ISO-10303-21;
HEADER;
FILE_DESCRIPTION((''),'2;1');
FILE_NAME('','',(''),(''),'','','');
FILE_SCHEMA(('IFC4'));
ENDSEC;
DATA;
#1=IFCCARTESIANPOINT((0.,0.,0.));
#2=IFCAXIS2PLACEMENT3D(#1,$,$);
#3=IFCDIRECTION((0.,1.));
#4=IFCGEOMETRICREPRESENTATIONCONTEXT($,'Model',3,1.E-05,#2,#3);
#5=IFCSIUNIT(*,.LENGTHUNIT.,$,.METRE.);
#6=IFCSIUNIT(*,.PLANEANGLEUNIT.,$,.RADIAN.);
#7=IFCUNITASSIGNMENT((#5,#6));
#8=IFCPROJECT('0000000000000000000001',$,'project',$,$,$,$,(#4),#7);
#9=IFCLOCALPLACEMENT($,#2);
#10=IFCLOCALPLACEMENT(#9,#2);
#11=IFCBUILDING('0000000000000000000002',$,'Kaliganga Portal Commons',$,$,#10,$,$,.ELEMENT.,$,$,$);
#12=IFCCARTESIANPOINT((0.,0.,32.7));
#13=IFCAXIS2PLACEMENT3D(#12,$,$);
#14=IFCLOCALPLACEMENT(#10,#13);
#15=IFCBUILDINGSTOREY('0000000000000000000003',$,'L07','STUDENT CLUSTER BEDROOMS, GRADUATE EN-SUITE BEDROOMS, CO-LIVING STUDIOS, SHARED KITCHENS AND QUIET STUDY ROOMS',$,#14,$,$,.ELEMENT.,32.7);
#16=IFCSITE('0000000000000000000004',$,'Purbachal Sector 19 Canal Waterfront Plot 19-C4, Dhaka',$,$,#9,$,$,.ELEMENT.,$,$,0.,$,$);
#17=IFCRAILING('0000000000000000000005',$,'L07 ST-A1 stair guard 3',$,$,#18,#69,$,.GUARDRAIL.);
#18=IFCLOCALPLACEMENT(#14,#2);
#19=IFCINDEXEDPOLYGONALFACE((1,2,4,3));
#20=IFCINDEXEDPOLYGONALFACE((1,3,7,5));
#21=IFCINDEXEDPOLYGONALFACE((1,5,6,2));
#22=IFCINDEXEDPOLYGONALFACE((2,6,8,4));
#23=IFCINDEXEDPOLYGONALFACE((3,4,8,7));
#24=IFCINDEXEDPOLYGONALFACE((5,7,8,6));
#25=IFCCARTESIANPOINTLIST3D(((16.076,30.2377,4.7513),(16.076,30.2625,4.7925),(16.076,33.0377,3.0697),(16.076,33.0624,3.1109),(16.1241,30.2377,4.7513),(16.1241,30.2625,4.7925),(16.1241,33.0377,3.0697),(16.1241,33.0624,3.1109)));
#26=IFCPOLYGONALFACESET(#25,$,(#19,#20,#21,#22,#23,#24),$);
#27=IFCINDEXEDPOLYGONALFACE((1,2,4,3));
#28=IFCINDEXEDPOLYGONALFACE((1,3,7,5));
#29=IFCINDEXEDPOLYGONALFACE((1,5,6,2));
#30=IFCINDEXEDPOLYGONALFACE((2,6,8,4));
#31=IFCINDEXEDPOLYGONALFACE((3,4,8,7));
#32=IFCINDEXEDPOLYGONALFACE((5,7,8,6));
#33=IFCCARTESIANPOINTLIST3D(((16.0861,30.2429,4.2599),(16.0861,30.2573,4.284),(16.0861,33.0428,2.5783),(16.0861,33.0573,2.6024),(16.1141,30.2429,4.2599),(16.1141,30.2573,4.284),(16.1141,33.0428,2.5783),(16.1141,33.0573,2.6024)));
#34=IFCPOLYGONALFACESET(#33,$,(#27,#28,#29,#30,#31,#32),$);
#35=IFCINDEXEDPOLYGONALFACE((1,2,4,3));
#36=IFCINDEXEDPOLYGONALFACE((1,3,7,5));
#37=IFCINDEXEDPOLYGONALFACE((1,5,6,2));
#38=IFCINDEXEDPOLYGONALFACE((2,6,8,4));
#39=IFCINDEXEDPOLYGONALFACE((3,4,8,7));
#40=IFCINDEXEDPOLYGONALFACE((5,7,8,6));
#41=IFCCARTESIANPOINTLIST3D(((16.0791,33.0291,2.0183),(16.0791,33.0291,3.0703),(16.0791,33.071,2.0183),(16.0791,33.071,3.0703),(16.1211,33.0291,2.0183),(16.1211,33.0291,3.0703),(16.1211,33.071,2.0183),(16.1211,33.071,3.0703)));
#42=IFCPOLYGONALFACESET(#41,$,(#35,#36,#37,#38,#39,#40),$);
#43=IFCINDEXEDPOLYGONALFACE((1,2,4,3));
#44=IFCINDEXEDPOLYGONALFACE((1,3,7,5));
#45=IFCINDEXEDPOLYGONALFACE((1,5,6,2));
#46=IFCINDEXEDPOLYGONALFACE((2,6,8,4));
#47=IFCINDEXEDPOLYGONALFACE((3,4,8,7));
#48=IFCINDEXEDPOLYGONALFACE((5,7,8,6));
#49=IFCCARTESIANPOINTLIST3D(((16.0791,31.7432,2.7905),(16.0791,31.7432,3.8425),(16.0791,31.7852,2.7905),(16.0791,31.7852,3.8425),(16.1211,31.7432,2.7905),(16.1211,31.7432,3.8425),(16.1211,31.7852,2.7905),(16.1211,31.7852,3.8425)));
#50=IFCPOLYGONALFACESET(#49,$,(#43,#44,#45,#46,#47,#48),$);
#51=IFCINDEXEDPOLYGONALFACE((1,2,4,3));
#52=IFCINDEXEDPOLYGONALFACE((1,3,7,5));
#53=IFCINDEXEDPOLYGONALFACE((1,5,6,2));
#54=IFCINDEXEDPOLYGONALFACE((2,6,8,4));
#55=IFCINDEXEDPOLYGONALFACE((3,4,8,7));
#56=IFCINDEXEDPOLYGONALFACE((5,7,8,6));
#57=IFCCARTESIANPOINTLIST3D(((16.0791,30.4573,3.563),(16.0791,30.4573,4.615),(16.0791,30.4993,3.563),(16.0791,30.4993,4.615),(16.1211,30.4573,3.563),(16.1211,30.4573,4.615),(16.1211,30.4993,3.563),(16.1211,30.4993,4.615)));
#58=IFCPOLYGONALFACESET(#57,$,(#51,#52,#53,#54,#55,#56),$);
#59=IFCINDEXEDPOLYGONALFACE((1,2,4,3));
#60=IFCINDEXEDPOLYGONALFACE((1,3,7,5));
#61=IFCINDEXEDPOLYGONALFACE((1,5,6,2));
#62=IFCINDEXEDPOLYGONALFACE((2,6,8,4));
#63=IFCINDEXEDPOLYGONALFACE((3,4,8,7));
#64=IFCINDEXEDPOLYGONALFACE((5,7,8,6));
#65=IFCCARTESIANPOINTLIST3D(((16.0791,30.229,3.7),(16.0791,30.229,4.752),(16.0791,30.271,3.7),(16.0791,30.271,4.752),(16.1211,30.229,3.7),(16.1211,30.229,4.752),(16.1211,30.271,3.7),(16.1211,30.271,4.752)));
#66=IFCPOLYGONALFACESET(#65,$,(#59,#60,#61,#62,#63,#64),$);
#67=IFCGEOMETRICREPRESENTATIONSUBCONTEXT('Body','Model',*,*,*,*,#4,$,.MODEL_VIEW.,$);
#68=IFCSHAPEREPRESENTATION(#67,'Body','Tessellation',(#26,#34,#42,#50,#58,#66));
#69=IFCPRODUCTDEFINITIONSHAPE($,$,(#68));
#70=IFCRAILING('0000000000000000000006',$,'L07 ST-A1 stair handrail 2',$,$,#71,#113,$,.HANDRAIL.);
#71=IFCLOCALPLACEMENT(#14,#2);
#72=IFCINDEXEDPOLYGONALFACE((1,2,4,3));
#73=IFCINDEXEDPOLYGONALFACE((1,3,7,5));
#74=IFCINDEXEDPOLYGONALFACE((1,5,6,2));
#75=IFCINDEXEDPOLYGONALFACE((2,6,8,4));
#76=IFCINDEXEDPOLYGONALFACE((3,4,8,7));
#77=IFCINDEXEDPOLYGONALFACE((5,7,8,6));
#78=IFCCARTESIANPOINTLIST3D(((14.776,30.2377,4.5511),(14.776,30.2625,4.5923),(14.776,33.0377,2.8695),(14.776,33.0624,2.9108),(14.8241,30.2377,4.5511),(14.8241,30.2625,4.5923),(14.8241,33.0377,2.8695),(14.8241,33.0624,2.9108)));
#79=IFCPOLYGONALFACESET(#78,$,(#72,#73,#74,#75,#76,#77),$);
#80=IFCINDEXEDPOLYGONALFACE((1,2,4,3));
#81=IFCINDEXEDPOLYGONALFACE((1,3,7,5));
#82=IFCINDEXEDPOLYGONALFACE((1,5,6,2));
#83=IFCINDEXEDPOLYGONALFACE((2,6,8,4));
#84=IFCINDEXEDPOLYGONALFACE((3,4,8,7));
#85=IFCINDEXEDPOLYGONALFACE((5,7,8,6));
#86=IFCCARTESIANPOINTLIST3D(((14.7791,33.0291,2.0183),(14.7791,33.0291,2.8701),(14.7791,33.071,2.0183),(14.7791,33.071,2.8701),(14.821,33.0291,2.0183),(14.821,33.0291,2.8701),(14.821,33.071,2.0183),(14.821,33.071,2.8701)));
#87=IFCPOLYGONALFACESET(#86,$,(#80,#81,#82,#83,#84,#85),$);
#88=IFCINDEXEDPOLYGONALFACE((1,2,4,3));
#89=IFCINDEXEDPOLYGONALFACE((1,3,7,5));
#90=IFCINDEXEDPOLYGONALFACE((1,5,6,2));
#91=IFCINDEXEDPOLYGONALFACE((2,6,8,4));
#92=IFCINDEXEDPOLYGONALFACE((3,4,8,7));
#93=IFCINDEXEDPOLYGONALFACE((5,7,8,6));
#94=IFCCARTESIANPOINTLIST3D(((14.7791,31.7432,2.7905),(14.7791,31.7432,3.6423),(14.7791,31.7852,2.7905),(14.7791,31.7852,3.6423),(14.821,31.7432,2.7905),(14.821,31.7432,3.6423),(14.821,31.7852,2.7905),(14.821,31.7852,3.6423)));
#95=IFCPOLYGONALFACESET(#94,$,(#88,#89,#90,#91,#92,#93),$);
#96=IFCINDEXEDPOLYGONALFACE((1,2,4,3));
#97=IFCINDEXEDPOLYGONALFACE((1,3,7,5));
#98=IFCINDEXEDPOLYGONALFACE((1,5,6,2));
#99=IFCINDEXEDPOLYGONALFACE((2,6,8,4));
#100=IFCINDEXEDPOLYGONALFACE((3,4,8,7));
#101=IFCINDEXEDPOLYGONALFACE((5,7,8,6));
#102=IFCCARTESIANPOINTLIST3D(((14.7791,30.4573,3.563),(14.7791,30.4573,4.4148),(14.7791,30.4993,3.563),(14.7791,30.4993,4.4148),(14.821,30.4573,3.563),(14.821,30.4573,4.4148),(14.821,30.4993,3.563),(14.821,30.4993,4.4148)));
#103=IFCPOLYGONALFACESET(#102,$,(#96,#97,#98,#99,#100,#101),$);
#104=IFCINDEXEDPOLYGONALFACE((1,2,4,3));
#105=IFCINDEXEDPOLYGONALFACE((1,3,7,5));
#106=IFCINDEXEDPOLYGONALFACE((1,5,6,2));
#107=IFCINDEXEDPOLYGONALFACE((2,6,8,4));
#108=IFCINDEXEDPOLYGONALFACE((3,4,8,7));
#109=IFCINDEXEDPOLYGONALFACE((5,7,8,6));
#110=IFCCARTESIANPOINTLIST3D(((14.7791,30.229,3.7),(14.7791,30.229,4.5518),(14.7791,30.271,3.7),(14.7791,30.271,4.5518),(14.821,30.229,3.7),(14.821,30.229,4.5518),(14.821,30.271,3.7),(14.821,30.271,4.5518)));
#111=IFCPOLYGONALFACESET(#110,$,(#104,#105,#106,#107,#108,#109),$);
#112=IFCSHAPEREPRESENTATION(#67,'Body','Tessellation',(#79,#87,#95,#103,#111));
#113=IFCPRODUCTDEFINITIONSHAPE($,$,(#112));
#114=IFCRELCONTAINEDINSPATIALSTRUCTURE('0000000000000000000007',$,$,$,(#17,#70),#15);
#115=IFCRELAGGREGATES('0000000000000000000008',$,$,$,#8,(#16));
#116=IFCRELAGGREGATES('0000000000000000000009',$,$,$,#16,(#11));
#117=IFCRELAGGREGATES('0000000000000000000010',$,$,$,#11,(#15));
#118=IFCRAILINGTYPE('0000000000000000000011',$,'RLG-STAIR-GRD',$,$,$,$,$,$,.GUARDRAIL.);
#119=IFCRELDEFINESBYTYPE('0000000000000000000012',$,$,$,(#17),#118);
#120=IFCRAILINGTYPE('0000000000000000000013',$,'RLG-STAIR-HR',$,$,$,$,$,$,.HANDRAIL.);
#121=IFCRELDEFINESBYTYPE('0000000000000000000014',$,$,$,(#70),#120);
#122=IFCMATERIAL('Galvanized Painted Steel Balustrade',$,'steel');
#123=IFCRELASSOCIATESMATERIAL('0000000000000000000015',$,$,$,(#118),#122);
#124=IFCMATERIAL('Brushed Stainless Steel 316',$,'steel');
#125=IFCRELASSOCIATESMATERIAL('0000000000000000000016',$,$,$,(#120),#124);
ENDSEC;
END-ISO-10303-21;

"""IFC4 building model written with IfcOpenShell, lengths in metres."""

from ifc_helpers import new_model, si_unit, direction, frame, origin, origin_2d, place, context, subcontext, project, spatial, rectangle, extrude, material, type_object, element, save


model = new_model("IFC4")

# Units and contexts
model_context = context("Model", 3, precision=1e-05, world=origin(), true_north=direction((0.0, 1.0)))
body_context = subcontext(model_context, "Body", "Model", "MODEL_VIEW")
ifc_project = project(units=[si_unit("LENGTHUNIT", "METRE"), si_unit("PLANEANGLEUNIT", "RADIAN")], contexts=[model_context])

# Site, building, storey
site_placement = place(None, origin())
site = spatial("IfcSite", under=ifc_project, at=site_placement, Name="Purbachal Sector 19 Canal Waterfront Plot 19-C4, Dhaka", CompositionType="ELEMENT", RefElevation=0.0)
building_placement = place(site_placement, origin())
building = spatial("IfcBuilding", under=site, at=building_placement, Name="Kaliganga Portal Commons", CompositionType="ELEMENT")
storey_placement = place(building_placement, frame((0.0, 0.0, 32.7)))
storey = spatial("IfcBuildingStorey", under=building, at=storey_placement, Name="L07", Description="STUDENT CLUSTER BEDROOMS, GRADUATE EN-SUITE BEDROOMS, CO-LIVING STUDIOS, SHARED KITCHENS AND QUIET STUDY ROOMS", CompositionType="ELEMENT", Elevation=32.7)

# Railings
ifc_material_1 = material(Name="Galvanized Painted Steel Balustrade", Category="steel")
railing_type_1 = type_object("IfcRailingType", Name="RLG-STAIR-GRD", PredefinedType="GUARDRAIL", material=ifc_material_1)
railing_1_placement = place(storey_placement, frame((16.1001, 33.05, 2.0183)))
element("IfcRailing", 1, at=railing_1_placement, inside=storey, type_object=railing_type_1, Name="L07 ST-A1 stair guard 3", PredefinedType="GUARDRAIL", context=body_context, shape_type="SweptSolid", body=[
    extrude(rectangle(XDim=0.0481, YDim=0.0481, at=origin_2d()), frame((0.0, 0.0, 1.072), z_axis=(0.0, -0.857275, 0.514858), x_axis=(1.0, 0.0, 0.0)), (0.0, 0.0, 1.0), 3.2661),
    extrude(rectangle(XDim=0.0281, YDim=0.0281, at=origin_2d()), frame((0.0, 0.0, 0.572), z_axis=(0.0, -0.857275, 0.514858), x_axis=(1.0, 0.0, 0.0)), (0.0, 0.0, 1.0), 3.2661),
    extrude(rectangle(XDim=0.042, YDim=0.042, at=origin_2d()), origin(), (0.0, 0.0, 1.0), 1.052),
    extrude(rectangle(XDim=0.042, YDim=0.042, at=origin_2d()), frame((0.0, -1.2859, 0.7722)), (0.0, 0.0, 1.0), 1.052),
    extrude(rectangle(XDim=0.042, YDim=0.042, at=origin_2d()), frame((0.0, -2.5718, 1.5447)), (0.0, 0.0, 1.0), 1.052),
    extrude(rectangle(XDim=0.042, YDim=0.042, at=origin_2d()), frame((0.0, -2.8, 1.6816)), (0.0, 0.0, 1.0), 1.052),
])
ifc_material_2 = material(Name="Brushed Stainless Steel 316", Category="steel")
railing_type_2 = type_object("IfcRailingType", Name="RLG-STAIR-HR", PredefinedType="HANDRAIL", material=ifc_material_2)
railing_2_placement = place(storey_placement, frame((14.8, 33.05, 2.0183)))
element("IfcRailing", 2, at=railing_2_placement, inside=storey, type_object=railing_type_2, Name="L07 ST-A1 stair handrail 2", PredefinedType="HANDRAIL", context=body_context, shape_type="SweptSolid", body=[
    extrude(rectangle(XDim=0.0481, YDim=0.0481, at=origin_2d()), frame((0.0, 0.0, 0.8718), z_axis=(0.0, -0.857275, 0.514858), x_axis=(1.0, 0.0, 0.0)), (0.0, 0.0, 1.0), 3.2661),
    extrude(rectangle(XDim=0.042, YDim=0.042, at=origin_2d()), origin(), (0.0, 0.0, 1.0), 0.8518),
    extrude(rectangle(XDim=0.042, YDim=0.042, at=origin_2d()), frame((0.0, -1.2859, 0.7722)), (0.0, 0.0, 1.0), 0.8518),
    extrude(rectangle(XDim=0.042, YDim=0.042, at=origin_2d()), frame((0.0, -2.5718, 1.5447)), (0.0, 0.0, 1.0), 0.8518),
    extrude(rectangle(XDim=0.042, YDim=0.042, at=origin_2d()), frame((0.0, -2.8, 1.6816)), (0.0, 0.0, 1.0), 0.8518),
])

save(model, "model.ifc")
